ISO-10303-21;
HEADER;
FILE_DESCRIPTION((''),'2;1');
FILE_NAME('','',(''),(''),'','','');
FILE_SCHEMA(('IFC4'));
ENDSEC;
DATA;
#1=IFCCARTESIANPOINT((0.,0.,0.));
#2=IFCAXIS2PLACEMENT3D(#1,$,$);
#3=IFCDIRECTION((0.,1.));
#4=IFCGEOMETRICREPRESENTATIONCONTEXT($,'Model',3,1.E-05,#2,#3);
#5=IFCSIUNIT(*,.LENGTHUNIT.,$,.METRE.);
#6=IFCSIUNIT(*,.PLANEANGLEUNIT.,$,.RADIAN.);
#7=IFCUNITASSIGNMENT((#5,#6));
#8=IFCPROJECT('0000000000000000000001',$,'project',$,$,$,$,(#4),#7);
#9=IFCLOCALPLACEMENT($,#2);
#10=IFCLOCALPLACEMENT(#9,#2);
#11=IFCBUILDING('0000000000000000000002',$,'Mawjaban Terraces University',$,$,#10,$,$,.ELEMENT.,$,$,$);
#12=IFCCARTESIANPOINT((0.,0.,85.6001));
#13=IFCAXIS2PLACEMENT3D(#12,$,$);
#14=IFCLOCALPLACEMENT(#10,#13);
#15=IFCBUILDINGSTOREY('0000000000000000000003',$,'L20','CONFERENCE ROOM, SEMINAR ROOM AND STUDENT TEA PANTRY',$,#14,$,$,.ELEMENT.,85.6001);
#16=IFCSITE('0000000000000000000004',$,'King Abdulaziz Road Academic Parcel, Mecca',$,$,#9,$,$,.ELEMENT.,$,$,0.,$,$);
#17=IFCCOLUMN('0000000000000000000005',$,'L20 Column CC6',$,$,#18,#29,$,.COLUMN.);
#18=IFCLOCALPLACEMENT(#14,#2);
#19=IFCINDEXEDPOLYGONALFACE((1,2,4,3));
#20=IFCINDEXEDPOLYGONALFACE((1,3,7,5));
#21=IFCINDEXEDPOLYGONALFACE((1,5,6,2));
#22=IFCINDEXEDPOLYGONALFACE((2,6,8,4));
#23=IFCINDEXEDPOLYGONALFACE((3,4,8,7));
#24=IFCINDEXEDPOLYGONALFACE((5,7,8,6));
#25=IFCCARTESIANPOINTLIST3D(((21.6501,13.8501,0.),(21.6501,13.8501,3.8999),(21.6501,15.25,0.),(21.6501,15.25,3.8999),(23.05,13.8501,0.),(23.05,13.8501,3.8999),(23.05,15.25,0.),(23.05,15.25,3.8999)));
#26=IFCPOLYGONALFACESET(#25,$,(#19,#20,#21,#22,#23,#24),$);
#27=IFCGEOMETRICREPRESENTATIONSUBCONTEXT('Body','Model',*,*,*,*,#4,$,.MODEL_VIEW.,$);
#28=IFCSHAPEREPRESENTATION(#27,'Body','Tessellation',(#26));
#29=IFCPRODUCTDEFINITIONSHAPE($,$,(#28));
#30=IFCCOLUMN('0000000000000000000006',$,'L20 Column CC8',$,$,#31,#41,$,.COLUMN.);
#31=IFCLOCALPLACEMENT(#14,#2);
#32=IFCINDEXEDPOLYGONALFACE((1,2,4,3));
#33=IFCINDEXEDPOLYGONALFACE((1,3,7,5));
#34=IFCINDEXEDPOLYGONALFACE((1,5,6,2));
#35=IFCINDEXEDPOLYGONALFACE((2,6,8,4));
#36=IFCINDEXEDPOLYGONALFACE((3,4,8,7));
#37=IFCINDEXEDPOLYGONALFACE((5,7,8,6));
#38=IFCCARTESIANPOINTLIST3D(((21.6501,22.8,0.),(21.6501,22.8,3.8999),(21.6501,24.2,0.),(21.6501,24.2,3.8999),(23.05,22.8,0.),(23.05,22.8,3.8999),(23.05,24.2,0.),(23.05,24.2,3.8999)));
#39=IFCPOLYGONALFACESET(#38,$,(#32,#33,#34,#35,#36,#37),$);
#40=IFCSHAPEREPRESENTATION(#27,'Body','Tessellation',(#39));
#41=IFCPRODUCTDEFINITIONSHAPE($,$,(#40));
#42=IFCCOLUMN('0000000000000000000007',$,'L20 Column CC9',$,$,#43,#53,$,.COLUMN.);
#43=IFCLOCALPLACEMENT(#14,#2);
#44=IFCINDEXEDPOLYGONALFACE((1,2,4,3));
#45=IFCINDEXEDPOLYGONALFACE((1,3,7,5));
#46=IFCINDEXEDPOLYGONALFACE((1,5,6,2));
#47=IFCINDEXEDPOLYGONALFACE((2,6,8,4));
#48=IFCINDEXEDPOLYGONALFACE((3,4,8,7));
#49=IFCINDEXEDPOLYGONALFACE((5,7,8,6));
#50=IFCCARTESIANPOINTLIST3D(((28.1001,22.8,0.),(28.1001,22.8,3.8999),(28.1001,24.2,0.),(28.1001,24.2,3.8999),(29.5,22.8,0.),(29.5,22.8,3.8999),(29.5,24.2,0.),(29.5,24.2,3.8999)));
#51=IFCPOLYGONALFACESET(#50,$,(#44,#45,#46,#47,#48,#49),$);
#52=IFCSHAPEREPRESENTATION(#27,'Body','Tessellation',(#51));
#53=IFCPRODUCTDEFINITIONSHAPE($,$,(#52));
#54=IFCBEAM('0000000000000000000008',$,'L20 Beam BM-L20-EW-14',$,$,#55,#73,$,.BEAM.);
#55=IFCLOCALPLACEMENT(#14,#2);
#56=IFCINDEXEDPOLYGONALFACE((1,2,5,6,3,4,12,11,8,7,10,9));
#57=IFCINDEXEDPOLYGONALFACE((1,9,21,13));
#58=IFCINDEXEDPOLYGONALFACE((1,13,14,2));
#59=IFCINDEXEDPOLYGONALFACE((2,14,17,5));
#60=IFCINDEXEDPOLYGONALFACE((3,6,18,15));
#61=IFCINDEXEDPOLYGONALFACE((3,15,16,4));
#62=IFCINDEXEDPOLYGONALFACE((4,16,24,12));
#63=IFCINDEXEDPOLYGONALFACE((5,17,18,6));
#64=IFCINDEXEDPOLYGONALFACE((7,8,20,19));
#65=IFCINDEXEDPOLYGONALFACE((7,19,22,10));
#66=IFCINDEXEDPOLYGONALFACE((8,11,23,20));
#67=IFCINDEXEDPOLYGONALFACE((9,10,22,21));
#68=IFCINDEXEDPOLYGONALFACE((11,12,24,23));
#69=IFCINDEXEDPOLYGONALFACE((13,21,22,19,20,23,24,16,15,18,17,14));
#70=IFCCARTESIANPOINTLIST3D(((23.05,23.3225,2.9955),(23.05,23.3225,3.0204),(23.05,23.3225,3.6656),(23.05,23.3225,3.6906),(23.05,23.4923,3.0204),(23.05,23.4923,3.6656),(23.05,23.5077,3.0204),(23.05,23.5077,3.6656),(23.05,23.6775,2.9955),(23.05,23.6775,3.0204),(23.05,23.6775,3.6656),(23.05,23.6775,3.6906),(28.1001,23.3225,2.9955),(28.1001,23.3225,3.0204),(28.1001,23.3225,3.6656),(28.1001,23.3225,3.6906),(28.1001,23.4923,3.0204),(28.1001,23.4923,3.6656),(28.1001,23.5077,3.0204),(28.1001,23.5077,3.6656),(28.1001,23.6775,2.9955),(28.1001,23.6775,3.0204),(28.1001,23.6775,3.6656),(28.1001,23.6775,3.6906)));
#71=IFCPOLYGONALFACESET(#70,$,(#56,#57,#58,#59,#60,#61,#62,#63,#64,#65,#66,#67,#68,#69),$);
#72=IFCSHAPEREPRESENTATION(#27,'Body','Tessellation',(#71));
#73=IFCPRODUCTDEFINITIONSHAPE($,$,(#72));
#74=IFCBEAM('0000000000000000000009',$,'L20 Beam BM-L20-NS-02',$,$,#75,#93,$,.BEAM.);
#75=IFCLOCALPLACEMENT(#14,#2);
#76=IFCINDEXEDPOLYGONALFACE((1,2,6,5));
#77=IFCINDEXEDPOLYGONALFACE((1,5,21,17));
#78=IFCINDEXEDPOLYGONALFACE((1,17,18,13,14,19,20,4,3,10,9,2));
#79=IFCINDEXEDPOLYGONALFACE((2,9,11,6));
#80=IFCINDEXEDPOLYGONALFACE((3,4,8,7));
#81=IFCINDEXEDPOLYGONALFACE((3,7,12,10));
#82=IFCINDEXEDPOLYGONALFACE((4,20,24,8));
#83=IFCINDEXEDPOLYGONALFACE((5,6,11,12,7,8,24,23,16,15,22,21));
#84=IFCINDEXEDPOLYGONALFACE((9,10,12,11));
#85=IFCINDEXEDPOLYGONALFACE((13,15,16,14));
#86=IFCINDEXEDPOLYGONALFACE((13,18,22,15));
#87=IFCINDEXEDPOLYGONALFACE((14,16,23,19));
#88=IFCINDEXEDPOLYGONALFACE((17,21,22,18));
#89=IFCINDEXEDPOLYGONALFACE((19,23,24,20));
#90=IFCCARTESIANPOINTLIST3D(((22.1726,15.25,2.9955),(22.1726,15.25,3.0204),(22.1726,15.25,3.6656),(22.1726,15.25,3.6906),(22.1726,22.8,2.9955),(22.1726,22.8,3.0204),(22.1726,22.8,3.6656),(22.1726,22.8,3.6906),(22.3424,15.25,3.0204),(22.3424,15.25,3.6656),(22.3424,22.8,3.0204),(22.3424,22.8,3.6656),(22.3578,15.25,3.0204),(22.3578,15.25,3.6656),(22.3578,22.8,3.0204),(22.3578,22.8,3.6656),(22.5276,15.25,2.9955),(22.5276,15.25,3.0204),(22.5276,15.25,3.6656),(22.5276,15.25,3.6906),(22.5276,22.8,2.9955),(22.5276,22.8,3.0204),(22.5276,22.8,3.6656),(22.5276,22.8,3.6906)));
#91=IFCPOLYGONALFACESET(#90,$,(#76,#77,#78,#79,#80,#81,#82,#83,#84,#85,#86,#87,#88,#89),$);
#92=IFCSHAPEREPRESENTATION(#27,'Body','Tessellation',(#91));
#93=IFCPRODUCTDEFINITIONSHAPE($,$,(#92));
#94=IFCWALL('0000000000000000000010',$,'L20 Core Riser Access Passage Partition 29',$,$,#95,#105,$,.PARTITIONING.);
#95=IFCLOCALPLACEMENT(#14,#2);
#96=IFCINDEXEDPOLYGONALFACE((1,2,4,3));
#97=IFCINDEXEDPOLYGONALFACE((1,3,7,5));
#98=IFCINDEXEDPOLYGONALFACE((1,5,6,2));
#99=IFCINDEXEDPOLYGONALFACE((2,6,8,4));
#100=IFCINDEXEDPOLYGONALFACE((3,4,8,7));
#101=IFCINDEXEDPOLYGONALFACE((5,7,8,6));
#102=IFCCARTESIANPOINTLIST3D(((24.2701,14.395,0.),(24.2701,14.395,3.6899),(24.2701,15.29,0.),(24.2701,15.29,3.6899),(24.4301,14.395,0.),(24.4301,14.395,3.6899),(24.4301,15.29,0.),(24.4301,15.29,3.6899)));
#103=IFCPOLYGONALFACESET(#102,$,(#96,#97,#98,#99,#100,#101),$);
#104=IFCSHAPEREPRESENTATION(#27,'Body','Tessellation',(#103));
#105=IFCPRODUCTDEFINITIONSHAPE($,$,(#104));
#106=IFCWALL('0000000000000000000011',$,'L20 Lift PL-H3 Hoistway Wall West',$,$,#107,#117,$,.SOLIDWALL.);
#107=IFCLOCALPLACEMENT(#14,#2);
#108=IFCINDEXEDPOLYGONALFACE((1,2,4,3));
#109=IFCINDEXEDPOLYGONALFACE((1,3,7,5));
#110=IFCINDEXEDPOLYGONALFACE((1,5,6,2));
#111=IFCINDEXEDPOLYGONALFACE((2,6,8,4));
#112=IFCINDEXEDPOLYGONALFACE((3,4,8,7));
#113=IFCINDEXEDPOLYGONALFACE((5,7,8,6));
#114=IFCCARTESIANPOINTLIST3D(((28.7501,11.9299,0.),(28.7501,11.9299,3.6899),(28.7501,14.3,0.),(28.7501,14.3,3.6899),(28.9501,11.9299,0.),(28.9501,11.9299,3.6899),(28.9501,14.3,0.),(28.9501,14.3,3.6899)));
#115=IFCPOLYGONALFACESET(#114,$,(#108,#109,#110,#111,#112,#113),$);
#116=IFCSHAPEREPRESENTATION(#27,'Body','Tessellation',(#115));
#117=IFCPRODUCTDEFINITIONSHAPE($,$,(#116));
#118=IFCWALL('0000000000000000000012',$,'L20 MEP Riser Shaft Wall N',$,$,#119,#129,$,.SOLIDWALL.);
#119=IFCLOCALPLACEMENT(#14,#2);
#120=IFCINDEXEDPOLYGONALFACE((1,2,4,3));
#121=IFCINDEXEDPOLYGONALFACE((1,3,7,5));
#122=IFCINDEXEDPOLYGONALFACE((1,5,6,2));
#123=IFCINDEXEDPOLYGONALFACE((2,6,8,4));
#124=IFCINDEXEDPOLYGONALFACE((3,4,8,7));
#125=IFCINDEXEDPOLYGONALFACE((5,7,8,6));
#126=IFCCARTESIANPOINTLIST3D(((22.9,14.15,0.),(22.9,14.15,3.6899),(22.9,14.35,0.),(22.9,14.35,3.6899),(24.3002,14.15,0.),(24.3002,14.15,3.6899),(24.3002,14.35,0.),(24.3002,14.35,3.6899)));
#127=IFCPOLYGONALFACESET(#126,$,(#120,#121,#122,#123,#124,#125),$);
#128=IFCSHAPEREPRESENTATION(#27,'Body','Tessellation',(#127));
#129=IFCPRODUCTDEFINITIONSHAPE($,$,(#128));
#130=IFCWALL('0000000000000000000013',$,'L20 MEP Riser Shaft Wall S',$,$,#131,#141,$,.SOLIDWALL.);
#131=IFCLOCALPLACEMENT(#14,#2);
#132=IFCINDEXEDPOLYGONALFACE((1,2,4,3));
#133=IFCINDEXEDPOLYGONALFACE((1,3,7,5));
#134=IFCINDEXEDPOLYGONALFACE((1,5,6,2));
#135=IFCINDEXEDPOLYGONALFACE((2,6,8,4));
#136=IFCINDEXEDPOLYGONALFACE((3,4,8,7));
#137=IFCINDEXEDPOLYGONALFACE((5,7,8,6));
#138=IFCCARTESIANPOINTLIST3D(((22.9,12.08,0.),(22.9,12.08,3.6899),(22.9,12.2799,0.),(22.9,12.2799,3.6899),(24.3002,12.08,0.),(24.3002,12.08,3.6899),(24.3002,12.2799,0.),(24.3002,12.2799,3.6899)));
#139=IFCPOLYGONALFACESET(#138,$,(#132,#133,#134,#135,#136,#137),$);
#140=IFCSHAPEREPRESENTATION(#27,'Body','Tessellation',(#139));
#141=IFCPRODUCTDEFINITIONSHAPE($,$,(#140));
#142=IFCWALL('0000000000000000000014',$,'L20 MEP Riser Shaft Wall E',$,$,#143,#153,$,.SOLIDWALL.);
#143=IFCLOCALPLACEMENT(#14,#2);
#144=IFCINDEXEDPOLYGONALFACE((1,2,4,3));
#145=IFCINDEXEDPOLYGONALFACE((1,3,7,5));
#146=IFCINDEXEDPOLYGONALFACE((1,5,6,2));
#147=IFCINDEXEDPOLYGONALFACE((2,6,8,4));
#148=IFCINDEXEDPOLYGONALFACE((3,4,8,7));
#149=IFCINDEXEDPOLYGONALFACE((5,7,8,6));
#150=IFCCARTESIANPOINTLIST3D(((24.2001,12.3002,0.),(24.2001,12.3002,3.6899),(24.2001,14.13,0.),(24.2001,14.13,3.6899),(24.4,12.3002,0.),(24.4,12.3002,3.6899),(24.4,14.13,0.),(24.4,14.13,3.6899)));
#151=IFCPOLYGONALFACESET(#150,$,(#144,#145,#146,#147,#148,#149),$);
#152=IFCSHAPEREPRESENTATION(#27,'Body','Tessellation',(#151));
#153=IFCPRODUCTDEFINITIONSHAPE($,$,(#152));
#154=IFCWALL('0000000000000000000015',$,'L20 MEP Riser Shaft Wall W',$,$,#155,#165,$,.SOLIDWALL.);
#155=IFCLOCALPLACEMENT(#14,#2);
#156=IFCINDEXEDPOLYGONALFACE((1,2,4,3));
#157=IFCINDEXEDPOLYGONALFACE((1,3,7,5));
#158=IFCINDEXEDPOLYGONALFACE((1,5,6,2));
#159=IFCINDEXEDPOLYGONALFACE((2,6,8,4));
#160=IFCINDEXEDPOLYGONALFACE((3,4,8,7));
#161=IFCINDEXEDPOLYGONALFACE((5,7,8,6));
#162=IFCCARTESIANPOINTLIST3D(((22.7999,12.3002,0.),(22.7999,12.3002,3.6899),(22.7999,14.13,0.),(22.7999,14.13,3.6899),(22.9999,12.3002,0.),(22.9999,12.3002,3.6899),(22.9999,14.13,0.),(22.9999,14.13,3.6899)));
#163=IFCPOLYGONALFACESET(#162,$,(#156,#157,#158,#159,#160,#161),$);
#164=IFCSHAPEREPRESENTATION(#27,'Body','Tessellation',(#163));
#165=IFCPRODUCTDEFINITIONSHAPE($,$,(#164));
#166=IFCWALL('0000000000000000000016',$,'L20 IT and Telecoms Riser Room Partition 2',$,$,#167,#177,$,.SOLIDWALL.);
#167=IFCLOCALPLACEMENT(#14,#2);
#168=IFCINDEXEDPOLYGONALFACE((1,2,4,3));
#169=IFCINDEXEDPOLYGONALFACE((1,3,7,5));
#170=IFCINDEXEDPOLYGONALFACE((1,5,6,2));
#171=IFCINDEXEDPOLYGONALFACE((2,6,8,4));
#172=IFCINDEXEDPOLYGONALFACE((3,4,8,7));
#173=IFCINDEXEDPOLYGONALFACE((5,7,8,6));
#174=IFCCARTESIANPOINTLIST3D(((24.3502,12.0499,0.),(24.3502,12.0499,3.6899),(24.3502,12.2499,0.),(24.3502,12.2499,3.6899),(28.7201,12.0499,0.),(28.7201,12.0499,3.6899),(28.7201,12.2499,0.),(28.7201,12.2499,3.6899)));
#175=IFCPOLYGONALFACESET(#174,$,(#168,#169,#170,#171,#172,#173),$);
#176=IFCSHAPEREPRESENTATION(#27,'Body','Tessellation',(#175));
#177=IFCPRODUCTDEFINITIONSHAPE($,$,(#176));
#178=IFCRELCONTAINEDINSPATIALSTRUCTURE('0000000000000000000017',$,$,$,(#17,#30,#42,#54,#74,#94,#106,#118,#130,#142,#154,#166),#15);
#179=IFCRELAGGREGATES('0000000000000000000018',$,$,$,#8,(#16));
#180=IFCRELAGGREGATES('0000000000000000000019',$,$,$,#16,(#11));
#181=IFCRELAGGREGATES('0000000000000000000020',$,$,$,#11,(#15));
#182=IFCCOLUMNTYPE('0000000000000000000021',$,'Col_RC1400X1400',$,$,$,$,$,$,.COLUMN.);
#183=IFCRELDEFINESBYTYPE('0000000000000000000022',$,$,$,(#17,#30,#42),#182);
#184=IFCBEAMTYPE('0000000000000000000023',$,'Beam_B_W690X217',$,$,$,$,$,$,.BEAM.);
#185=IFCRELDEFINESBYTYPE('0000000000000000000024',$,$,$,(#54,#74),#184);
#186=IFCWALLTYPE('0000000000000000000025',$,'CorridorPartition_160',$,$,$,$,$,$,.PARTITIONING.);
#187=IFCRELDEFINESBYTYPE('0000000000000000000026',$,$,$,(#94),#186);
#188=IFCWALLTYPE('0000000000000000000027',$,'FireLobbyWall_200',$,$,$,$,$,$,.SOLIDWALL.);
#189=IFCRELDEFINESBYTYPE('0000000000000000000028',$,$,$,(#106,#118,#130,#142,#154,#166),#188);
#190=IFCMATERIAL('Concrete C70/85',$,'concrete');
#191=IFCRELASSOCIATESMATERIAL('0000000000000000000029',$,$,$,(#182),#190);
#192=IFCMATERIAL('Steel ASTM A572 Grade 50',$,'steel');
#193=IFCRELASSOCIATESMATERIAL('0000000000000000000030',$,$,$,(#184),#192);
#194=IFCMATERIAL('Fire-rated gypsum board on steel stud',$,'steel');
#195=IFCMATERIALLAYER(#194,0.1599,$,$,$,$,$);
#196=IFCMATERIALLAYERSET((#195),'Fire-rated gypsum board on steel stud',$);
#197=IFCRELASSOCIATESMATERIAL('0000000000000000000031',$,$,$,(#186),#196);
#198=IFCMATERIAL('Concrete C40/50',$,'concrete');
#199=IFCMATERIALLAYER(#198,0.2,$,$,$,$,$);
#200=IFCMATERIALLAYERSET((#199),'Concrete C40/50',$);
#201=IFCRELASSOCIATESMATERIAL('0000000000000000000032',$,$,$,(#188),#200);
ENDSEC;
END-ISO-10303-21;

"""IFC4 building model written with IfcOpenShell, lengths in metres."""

from ifc_helpers import new_model, si_unit, direction, frame, frame_2d, origin, origin_2d, place, context, subcontext, project, spatial, rectangle, i_section, extrude, material, layer, layer_set, material_profile, profile_set, type_object, element, save


model = new_model("IFC4")

# Units and contexts
model_context = context("Model", 3, precision=1e-05, world=origin(), true_north=direction((0.0, 1.0)))
body_context = subcontext(model_context, "Body", "Model", "MODEL_VIEW")
ifc_project = project(units=[si_unit("LENGTHUNIT", "METRE"), si_unit("PLANEANGLEUNIT", "RADIAN")], contexts=[model_context])

# Site, building, storey
site_placement = place(None, origin())
site = spatial("IfcSite", under=ifc_project, at=site_placement, Name="King Abdulaziz Road Academic Parcel, Mecca", CompositionType="ELEMENT", RefElevation=0.0)
building_placement = place(site_placement, origin())
building = spatial("IfcBuilding", under=site, at=building_placement, Name="Mawjaban Terraces University", CompositionType="ELEMENT")
storey_placement = place(building_placement, frame((0.0, 0.0, 85.6001)))
storey = spatial("IfcBuildingStorey", under=building, at=storey_placement, Name="L20", Description="CONFERENCE ROOM, SEMINAR ROOM AND STUDENT TEA PANTRY", CompositionType="ELEMENT", Elevation=85.6001)

# Columns
ifc_material_1 = material(Name="Concrete C70/85", Category="concrete")
ifc_material_profile_1 = material_profile(ifc_material_1, rectangle(XDim=1.3999, YDim=1.3999, at=origin_2d()), Name="RC1400X1400")
ifc_profile_set_1 = profile_set([ifc_material_profile_1], Name="Concrete C70/85")
column_type = type_object("IfcColumnType", Name="Col_RC1400X1400", PredefinedType="COLUMN", material=ifc_profile_set_1)
for number, where, z_axis, x_axis, name in (
    (1, (22.3501, 14.55, 0.0), (0.0, 0.0, 1.0), (1.0, 0.0, 0.0), "L20 Column CC6"),
    (2, (22.3501, 23.5, 0.0), (0.0, 0.0, 1.0), (1.0, 0.0, 0.0), "L20 Column CC8"),
    (3, (28.8, 23.5, 0.0), (0.0, 0.0, 1.0), (1.0, 0.0, 0.0), "L20 Column CC9"),
):
    element("IfcColumn", number, at=place(storey_placement, frame(where, z_axis=z_axis, x_axis=x_axis)), inside=storey, type_object=column_type, Name=name, PredefinedType="COLUMN", context=body_context, shape_type="SweptSolid", body=[
        extrude(rectangle(XDim=1.3999, YDim=1.3999, at=origin_2d()), origin(), (0.0, 0.0, 1.0), 3.8999),
    ])

# Beams
ifc_material_2 = material(Name="Steel ASTM A572 Grade 50", Category="steel")
ifc_material_profile_2 = material_profile(ifc_material_2, i_section(OverallWidth=0.355, OverallDepth=0.6951, WebThickness=0.0154, FlangeThickness=0.0249, at=origin_2d()), Name="W690X217")
ifc_profile_set_2 = profile_set([ifc_material_profile_2], Name="Steel ASTM A572 Grade 50")
beam_type = type_object("IfcBeamType", Name="Beam_B_W690X217", PredefinedType="BEAM", material=ifc_profile_set_2)
beam_1_placement = place(storey_placement, frame((23.05, 23.5, 3.343), z_axis=(1.0, 0.0, 0.0), x_axis=(0.0, 1.0, 0.0)))
element("IfcBeam", 4, at=beam_1_placement, inside=storey, type_object=beam_type, Name="L20 Beam BM-L20-EW-14", PredefinedType="BEAM", context=body_context, shape_type="SweptSolid", body=[
    extrude(i_section(OverallWidth=0.355, OverallDepth=0.6951, WebThickness=0.0154, FlangeThickness=0.0249, at=origin_2d()), origin(), (0.0, 0.0, 1.0), 5.05),
])
beam_2_placement = place(storey_placement, frame((22.3501, 15.25, 3.343), z_axis=(0.0, 1.0, 0.0), x_axis=(-1.0, 0.0, 0.0)))
element("IfcBeam", 5, at=beam_2_placement, inside=storey, type_object=beam_type, Name="L20 Beam BM-L20-NS-02", PredefinedType="BEAM", context=body_context, shape_type="SweptSolid", body=[
    extrude(i_section(OverallWidth=0.355, OverallDepth=0.6951, WebThickness=0.0154, FlangeThickness=0.0249, at=origin_2d()), origin(), (0.0, 0.0, 1.0), 7.55),
])

# Walls
ifc_material_3 = material(Name="Fire-rated gypsum board on steel stud", Category="steel")
ifc_layer_1 = layer(ifc_material_3, 0.1599)
ifc_layer_set_1 = layer_set([ifc_layer_1], Name="Fire-rated gypsum board on steel stud")
wall_type_1 = type_object("IfcWallType", Name="CorridorPartition_160", PredefinedType="PARTITIONING", material=ifc_layer_set_1)
wall_1_placement = place(storey_placement, frame((24.3501, 15.29, 0.0), z_axis=(0.0, 0.0, 1.0), x_axis=(0.0, -1.0, 0.0)))
element("IfcWall", 6, at=wall_1_placement, inside=storey, type_object=wall_type_1, Name="L20 Core Riser Access Passage Partition 29", PredefinedType="PARTITIONING", context=body_context, shape_type="SweptSolid", body=[
    extrude(rectangle(XDim=0.895, YDim=0.1599, at=frame_2d((0.4475, 0.0))), origin(), (0.0, 0.0, 1.0), 3.6899),
])
ifc_material_4 = material(Name="Concrete C40/50", Category="concrete")
ifc_layer_2 = layer(ifc_material_4, 0.2)
ifc_layer_set_2 = layer_set([ifc_layer_2], Name="Concrete C40/50")
wall_type_2 = type_object("IfcWallType", Name="FireLobbyWall_200", PredefinedType="SOLIDWALL", material=ifc_layer_set_2)
wall_2_placement = place(storey_placement, frame((28.8501, 14.3, 0.0), z_axis=(0.0, 0.0, 1.0), x_axis=(0.0, -1.0, 0.0)))
element("IfcWall", 7, at=wall_2_placement, inside=storey, type_object=wall_type_2, Name="L20 Lift PL-H3 Hoistway Wall West", PredefinedType="SOLIDWALL", context=body_context, shape_type="SweptSolid", body=[
    extrude(rectangle(XDim=2.3701, YDim=0.2, at=frame_2d((1.1851, 0.0))), origin(), (0.0, 0.0, 1.0), 3.6899),
])
for number, where, z_axis, x_axis, name in (
    (8, (22.8999, 14.25, 0.0), (0.0, 0.0, 1.0), (1.0, 0.0, 0.0), "L20 MEP Riser Shaft Wall N"),
    (9, (22.8999, 12.1799, 0.0), (0.0, 0.0, 1.0), (1.0, 0.0, 0.0), "L20 MEP Riser Shaft Wall S"),
):
    element("IfcWall", number, at=place(storey_placement, frame(where, z_axis=z_axis, x_axis=x_axis)), inside=storey, type_object=wall_type_2, Name=name, PredefinedType="SOLIDWALL", context=body_context, shape_type="SweptSolid", body=[
        extrude(rectangle(XDim=1.4001, YDim=0.2, at=frame_2d((0.7002, 0.0))), origin(), (0.0, 0.0, 1.0), 3.6899),
    ])
for number, where, z_axis, x_axis, name in (
    (10, (24.3, 12.3, 0.0), (0.0, 0.0, 1.0), (0.0, 1.0, 0.0), "L20 MEP Riser Shaft Wall E"),
    (11, (22.8999, 12.3, 0.0), (0.0, 0.0, 1.0), (0.0, 1.0, 0.0), "L20 MEP Riser Shaft Wall W"),
):
    element("IfcWall", number, at=place(storey_placement, frame(where, z_axis=z_axis, x_axis=x_axis)), inside=storey, type_object=wall_type_2, Name=name, PredefinedType="SOLIDWALL", context=body_context, shape_type="SweptSolid", body=[
        extrude(rectangle(XDim=1.8298, YDim=0.2, at=frame_2d((0.915, 0.0))), origin(), (0.0, 0.0, 1.0), 3.6899),
    ])
wall_3_placement = place(storey_placement, frame((24.3501, 12.1499, 0.0), z_axis=(0.0, 0.0, 1.0), x_axis=(1.0, 0.0, 0.0)))
element("IfcWall", 12, at=wall_3_placement, inside=storey, type_object=wall_type_2, Name="L20 IT and Telecoms Riser Room Partition 2", PredefinedType="SOLIDWALL", context=body_context, shape_type="SweptSolid", body=[
    extrude(rectangle(XDim=4.3699, YDim=0.2, at=frame_2d((2.1851, 0.0))), origin(), (0.0, 0.0, 1.0), 3.6899),
])

save(model, "model.ifc")
